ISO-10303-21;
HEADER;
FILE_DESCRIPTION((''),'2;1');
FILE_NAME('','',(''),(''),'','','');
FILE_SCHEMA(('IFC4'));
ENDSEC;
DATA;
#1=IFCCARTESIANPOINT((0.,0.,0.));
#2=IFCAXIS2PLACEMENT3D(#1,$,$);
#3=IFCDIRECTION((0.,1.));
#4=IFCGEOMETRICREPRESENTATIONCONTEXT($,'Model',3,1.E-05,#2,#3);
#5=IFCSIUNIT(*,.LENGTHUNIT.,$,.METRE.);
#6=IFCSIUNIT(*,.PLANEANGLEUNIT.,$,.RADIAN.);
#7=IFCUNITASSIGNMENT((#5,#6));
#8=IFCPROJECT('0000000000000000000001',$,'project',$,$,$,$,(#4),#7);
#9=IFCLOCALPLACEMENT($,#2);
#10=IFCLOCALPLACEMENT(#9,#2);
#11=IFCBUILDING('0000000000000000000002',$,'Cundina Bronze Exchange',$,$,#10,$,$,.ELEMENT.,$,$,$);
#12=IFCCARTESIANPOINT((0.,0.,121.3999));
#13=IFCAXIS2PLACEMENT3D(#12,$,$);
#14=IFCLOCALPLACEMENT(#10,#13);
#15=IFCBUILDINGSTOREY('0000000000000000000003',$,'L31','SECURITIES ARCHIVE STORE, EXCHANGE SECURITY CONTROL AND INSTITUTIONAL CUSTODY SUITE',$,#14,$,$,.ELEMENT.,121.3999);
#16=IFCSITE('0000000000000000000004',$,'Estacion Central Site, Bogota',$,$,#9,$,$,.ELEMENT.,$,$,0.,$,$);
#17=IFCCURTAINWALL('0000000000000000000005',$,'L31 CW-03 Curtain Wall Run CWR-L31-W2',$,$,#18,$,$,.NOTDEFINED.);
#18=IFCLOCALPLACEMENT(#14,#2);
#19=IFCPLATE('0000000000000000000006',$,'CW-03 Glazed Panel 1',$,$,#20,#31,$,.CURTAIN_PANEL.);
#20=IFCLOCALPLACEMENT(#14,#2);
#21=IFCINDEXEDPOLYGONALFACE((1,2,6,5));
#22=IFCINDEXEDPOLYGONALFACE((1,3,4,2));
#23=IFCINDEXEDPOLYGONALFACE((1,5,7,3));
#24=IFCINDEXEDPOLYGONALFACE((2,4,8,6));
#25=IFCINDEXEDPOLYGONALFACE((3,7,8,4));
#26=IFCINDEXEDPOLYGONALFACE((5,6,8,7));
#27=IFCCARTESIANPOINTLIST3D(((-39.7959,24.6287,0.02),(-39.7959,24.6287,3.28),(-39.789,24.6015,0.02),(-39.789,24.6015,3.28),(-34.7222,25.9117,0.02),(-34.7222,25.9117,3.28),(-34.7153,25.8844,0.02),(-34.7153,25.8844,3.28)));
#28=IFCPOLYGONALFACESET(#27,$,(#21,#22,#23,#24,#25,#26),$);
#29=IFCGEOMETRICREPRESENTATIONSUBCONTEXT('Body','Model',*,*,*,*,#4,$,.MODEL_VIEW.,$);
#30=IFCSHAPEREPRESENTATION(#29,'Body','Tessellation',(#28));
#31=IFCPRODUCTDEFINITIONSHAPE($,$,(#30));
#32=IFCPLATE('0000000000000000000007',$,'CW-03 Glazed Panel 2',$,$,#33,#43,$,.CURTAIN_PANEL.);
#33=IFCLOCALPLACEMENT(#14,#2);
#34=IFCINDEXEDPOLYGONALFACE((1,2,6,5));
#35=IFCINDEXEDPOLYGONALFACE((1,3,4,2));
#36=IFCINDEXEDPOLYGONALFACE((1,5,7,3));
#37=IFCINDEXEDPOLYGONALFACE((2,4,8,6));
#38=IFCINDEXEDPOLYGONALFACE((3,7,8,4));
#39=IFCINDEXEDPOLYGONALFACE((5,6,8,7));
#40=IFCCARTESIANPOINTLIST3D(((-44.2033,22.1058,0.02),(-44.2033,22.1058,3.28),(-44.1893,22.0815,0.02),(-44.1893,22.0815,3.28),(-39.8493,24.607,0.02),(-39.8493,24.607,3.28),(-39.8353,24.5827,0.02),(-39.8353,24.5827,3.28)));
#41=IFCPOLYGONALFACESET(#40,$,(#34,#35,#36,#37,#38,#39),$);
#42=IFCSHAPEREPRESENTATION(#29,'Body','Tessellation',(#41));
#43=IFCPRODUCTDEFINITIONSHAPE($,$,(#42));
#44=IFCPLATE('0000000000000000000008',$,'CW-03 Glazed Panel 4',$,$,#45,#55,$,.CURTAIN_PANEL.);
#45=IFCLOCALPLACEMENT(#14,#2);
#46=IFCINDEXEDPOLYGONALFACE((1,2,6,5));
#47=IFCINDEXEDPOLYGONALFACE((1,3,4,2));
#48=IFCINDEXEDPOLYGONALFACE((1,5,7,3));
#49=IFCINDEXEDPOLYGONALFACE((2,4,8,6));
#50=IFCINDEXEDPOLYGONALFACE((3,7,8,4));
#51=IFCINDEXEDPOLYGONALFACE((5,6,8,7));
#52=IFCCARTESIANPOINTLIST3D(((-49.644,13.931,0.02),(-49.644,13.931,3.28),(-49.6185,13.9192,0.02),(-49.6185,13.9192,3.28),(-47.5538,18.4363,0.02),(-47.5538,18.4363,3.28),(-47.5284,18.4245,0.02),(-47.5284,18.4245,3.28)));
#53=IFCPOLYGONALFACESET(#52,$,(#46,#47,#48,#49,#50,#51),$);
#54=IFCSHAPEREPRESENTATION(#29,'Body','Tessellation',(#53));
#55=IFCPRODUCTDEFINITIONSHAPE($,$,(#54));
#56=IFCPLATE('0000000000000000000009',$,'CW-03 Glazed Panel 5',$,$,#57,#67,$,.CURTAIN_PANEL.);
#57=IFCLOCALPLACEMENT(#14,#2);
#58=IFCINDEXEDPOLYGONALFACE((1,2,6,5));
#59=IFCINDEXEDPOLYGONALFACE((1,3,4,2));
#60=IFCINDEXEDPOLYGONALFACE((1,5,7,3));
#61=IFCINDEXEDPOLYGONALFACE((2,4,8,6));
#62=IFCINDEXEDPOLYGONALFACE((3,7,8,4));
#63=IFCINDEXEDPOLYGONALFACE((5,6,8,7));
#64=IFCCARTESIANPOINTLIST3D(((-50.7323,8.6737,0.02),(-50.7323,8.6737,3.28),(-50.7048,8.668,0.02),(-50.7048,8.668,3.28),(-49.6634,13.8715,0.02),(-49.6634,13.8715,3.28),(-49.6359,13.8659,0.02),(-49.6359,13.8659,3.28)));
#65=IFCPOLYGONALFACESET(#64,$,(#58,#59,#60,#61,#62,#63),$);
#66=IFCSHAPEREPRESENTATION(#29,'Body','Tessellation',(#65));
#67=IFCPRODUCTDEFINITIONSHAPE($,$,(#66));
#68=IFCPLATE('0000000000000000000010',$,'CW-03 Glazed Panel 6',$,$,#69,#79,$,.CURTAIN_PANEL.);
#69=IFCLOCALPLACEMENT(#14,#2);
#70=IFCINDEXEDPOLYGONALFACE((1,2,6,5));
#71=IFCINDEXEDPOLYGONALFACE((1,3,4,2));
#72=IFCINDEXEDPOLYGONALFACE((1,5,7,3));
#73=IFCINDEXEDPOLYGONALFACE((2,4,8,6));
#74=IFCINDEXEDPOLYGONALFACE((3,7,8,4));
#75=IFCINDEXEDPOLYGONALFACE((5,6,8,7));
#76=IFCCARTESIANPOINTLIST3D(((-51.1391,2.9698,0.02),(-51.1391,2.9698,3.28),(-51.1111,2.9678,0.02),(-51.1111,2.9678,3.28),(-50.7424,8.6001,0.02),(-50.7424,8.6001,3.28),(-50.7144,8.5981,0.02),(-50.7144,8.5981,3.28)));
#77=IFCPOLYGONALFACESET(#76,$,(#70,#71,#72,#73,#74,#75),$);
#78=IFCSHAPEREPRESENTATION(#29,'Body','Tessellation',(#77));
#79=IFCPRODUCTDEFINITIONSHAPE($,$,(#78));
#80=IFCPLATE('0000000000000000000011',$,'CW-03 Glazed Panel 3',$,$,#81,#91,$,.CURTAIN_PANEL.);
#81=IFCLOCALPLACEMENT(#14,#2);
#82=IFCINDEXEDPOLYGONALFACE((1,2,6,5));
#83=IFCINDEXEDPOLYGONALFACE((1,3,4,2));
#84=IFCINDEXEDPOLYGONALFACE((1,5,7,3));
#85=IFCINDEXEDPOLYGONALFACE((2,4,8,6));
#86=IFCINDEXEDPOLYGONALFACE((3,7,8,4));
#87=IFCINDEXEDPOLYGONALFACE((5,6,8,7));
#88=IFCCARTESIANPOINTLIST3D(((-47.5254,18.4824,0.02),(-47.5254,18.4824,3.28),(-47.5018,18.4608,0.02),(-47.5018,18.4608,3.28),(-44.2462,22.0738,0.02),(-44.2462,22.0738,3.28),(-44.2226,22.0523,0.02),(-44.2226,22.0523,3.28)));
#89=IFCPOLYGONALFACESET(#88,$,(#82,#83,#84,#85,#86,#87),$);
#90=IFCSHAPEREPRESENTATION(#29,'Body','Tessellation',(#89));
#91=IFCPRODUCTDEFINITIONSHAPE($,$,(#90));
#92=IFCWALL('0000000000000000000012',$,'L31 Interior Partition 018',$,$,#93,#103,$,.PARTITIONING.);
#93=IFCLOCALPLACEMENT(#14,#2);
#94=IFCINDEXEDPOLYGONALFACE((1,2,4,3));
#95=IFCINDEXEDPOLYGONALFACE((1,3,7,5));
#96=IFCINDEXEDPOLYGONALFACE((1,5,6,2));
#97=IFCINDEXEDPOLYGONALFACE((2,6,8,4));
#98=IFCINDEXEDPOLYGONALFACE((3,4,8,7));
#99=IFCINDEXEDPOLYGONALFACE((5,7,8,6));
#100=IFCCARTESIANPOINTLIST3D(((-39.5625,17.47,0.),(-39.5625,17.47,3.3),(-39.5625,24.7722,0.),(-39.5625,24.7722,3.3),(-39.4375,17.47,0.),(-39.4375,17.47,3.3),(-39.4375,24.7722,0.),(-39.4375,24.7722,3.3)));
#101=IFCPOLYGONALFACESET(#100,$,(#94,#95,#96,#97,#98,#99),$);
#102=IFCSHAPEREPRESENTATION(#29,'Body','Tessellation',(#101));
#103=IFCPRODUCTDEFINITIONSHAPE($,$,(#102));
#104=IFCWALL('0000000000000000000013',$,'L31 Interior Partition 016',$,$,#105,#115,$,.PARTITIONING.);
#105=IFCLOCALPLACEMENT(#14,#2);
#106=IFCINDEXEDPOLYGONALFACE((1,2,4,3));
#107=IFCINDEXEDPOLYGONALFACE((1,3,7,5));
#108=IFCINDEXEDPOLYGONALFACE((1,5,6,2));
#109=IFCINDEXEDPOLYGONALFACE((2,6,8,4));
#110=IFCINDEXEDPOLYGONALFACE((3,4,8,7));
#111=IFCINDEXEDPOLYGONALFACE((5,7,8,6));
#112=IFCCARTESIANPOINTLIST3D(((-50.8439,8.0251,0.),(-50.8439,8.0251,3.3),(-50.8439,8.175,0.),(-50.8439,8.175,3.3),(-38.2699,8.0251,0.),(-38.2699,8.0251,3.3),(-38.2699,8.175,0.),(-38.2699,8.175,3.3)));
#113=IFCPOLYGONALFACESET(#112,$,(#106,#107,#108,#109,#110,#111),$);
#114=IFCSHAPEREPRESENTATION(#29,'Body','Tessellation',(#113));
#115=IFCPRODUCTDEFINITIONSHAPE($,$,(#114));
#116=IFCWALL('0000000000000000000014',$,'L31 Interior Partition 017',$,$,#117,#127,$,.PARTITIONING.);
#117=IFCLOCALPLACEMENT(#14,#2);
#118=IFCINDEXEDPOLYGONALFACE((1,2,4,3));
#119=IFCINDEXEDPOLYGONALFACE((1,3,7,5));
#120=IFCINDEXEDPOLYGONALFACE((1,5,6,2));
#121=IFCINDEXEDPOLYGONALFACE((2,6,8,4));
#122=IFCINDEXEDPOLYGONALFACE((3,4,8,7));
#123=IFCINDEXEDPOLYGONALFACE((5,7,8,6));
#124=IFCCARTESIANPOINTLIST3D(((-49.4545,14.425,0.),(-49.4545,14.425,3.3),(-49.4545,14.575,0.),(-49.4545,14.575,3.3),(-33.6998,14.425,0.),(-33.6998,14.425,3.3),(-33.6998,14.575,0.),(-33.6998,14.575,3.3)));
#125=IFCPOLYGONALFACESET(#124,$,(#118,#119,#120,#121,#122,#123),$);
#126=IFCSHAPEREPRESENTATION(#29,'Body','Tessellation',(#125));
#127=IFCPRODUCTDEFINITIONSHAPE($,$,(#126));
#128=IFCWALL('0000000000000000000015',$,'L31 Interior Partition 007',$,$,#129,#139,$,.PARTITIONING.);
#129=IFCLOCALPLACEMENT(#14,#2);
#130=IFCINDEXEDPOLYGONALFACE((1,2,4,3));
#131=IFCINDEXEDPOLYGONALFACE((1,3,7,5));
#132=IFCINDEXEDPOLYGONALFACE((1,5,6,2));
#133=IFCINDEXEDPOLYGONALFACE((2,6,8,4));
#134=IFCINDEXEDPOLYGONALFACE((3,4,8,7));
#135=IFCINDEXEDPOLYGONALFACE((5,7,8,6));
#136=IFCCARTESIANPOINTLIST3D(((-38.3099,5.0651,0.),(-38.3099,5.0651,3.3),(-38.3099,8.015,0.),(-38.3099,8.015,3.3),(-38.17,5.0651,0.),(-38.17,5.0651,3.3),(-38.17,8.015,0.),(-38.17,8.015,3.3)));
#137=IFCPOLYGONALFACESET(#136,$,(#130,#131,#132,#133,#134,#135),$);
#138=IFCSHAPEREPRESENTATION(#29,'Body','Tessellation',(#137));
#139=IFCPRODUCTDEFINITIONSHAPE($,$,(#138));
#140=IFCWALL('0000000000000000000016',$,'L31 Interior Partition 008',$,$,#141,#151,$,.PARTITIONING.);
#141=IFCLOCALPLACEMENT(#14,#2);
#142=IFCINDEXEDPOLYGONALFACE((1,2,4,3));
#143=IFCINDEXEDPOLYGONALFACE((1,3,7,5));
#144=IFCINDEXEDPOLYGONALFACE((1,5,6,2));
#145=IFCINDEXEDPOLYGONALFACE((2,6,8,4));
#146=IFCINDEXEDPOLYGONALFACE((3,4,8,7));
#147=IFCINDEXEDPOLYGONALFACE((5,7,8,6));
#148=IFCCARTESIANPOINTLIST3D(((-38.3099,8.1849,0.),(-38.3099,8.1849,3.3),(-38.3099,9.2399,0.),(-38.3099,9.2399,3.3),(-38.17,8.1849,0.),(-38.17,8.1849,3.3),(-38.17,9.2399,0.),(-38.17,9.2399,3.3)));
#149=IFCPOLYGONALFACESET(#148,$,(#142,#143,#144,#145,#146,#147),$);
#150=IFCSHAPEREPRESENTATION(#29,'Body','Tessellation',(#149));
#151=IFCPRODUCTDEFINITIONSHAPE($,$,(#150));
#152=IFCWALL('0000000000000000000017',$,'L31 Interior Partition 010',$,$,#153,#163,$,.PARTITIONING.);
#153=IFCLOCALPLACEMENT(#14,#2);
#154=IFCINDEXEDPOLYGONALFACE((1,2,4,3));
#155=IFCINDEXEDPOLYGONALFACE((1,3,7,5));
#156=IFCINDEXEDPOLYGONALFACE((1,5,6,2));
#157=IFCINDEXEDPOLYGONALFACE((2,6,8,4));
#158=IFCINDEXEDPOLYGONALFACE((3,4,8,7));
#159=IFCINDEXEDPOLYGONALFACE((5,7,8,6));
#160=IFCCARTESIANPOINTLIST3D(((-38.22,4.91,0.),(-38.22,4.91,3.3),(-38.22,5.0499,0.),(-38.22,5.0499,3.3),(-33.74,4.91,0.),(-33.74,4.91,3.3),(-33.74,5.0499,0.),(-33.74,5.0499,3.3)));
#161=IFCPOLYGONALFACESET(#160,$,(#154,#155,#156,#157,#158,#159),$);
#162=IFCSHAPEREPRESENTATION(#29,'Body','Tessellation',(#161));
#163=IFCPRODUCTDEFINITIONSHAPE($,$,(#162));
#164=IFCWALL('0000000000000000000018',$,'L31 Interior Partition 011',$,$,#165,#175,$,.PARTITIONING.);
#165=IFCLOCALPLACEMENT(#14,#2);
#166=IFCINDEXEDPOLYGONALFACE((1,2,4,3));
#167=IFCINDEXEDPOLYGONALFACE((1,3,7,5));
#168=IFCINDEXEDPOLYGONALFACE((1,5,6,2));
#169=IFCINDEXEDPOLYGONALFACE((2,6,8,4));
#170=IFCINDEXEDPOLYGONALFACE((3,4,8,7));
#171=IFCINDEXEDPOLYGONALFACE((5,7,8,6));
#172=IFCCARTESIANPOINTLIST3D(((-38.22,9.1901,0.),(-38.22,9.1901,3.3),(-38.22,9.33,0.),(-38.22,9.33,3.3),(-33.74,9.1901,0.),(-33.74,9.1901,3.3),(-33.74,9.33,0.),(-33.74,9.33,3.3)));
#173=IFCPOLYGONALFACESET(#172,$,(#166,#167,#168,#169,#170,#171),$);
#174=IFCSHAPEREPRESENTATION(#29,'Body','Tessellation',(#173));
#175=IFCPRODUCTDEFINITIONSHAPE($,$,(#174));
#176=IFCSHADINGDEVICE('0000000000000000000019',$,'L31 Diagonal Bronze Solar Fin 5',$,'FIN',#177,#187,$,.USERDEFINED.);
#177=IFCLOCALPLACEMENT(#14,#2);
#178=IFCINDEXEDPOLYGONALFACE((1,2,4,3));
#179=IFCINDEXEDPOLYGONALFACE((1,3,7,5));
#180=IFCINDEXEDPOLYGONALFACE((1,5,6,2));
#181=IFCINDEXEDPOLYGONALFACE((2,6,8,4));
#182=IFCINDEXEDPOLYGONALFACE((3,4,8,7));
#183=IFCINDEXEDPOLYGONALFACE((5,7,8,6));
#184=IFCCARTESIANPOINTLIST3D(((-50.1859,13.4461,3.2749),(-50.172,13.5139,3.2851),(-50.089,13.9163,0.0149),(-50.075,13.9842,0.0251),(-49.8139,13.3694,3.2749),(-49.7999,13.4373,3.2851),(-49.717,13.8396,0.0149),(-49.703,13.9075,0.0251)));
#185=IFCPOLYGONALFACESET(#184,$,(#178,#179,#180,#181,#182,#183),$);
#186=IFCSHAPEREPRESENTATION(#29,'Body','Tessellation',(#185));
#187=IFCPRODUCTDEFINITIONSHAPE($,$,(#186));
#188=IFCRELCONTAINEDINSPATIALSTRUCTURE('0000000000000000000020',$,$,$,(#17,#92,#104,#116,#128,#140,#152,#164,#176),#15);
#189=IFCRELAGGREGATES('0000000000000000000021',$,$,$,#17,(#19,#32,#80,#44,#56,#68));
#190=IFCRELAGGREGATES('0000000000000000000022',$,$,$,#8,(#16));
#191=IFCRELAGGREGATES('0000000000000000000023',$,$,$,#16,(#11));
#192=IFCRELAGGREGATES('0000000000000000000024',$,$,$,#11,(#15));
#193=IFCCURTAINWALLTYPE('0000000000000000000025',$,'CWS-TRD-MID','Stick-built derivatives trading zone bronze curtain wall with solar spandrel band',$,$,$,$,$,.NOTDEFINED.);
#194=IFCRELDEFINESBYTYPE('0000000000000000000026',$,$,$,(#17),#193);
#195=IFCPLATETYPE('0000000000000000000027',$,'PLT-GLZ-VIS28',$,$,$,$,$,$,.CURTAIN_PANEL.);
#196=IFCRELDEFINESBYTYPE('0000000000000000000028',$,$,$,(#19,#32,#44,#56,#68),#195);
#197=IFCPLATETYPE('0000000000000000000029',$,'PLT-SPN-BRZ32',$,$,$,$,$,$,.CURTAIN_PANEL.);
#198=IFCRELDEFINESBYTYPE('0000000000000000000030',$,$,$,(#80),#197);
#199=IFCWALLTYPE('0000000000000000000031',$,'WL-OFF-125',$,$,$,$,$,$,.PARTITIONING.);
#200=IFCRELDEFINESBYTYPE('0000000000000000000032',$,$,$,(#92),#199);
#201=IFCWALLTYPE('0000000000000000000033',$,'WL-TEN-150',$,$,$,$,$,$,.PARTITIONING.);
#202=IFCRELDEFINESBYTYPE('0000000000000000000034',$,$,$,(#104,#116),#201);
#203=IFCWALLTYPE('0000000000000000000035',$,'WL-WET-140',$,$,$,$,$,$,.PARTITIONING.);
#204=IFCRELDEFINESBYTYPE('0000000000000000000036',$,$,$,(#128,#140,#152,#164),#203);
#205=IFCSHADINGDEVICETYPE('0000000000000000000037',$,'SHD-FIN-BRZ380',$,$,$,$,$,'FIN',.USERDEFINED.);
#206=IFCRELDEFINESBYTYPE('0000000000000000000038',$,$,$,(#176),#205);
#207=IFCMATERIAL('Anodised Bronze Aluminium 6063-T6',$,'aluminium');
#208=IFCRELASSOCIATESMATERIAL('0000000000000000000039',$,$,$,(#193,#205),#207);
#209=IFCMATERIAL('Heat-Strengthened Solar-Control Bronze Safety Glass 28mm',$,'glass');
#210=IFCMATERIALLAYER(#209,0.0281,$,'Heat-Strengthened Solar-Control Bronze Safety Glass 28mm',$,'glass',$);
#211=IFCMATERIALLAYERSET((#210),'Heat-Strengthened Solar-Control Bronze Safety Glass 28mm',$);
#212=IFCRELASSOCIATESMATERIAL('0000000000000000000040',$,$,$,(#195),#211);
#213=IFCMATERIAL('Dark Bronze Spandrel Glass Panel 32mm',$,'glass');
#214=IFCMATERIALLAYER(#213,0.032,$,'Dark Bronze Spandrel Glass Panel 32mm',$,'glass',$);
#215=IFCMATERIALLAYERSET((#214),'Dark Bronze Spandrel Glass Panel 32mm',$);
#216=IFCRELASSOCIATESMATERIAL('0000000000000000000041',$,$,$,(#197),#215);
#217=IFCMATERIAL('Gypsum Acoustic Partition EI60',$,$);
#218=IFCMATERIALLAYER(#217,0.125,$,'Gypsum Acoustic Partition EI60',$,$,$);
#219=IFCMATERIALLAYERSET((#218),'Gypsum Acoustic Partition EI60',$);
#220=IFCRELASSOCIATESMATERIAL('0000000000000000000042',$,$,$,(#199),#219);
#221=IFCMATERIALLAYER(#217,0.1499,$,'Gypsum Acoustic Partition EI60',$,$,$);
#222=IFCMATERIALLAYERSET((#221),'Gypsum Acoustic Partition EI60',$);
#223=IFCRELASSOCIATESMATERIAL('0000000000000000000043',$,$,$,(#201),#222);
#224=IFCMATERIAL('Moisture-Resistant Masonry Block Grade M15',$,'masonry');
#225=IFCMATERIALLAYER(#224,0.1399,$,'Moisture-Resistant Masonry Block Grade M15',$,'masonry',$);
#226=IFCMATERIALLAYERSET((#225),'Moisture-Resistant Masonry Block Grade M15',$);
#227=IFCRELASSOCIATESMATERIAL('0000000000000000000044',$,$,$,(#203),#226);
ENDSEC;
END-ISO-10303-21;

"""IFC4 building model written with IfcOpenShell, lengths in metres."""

from ifc_helpers import new_model, si_unit, direction, frame, frame_2d, origin, origin_2d, place, context, subcontext, project, spatial, rectangle, extrude, material, layer, layer_set, material_profile, profile_set, type_object, element, aggregate, save


model = new_model("IFC4")

# Units and contexts
model_context = context("Model", 3, precision=1e-05, world=origin(), true_north=direction((0.0, 1.0)))
body_context = subcontext(model_context, "Body", "Model", "MODEL_VIEW")
ifc_project = project(units=[si_unit("LENGTHUNIT", "METRE"), si_unit("PLANEANGLEUNIT", "RADIAN")], contexts=[model_context])

# Site, building, storey
site_placement = place(None, origin())
site = spatial("IfcSite", under=ifc_project, at=site_placement, Name="Estacion Central Site, Bogota", CompositionType="ELEMENT", RefElevation=0.0)
building_placement = place(site_placement, origin())
building = spatial("IfcBuilding", under=site, at=building_placement, Name="Cundina Bronze Exchange", CompositionType="ELEMENT")
storey_placement = place(building_placement, frame((0.0, 0.0, 121.3999)))
storey = spatial("IfcBuildingStorey", under=building, at=storey_placement, Name="L31", Description="SECURITIES ARCHIVE STORE, EXCHANGE SECURITY CONTROL AND INSTITUTIONAL CUSTODY SUITE", CompositionType="ELEMENT", Elevation=121.3999)

# Curtain wall, plates
ifc_material_1 = material(Name="Anodised Bronze Aluminium 6063-T6", Category="aluminium")
curtain_wall_type = type_object("IfcCurtainWallType", Name="CWS-TRD-MID", Description="Stick-built derivatives trading zone bronze curtain wall with solar spandrel band", PredefinedType="NOTDEFINED", material=ifc_material_1)
curtain_wall_placement = place(storey_placement, origin())
curtain_wall = element("IfcCurtainWall", 1, at=curtain_wall_placement, inside=storey, type_object=curtain_wall_type, Name="L31 CW-03 Curtain Wall Run CWR-L31-W2", PredefinedType="NOTDEFINED")
ifc_material_2 = material(Name="Heat-Strengthened Solar-Control Bronze Safety Glass 28mm", Category="glass")
ifc_layer_1 = layer(ifc_material_2, 0.0281, Name="Heat-Strengthened Solar-Control Bronze Safety Glass 28mm", Category="glass")
ifc_layer_set_1 = layer_set([ifc_layer_1], Name="Heat-Strengthened Solar-Control Bronze Safety Glass 28mm")
plate_type_1 = type_object("IfcPlateType", Name="PLT-GLZ-VIS28", PredefinedType="CURTAIN_PANEL", material=ifc_layer_set_1)
plate_1_placement = place(storey_placement, frame((-37.2556, 25.2566, 0.02), z_axis=(0.0, 0.0, 1.0), x_axis=(-0.969488, -0.245138, 0.0)))
plate_1 = element("IfcPlate", 2, at=plate_1_placement, type_object=plate_type_1, Name="CW-03 Glazed Panel 1", PredefinedType="CURTAIN_PANEL", context=body_context, shape_type="SweptSolid", body=[
    extrude(rectangle(XDim=5.2334, YDim=0.0281, at=origin_2d()), origin(), (0.0, 0.0, 1.0), 3.26),
])
plate_2_placement = place(storey_placement, frame((-42.0193, 23.3442, 0.02), z_axis=(0.0, 0.0, 1.0), x_axis=(-0.867105, -0.498125, 0.0)))
plate_2 = element("IfcPlate", 3, at=plate_2_placement, type_object=plate_type_1, Name="CW-03 Glazed Panel 2", PredefinedType="CURTAIN_PANEL", context=body_context, shape_type="SweptSolid", body=[
    extrude(rectangle(XDim=5.0212, YDim=0.0281, at=origin_2d()), origin(), (0.0, 0.0, 1.0), 3.26),
])
plate_3_placement = place(storey_placement, frame((-48.5862, 16.1777, 0.02), z_axis=(0.0, 0.0, 1.0), x_axis=(-0.420846, -0.907132, 0.0)))
plate_3 = element("IfcPlate", 4, at=plate_3_placement, type_object=plate_type_1, Name="CW-03 Glazed Panel 4", PredefinedType="CURTAIN_PANEL", context=body_context, shape_type="SweptSolid", body=[
    extrude(rectangle(XDim=4.9666, YDim=0.0281, at=origin_2d()), origin(), (0.0, 0.0, 1.0), 3.26),
])
plate_4_placement = place(storey_placement, frame((-50.1841, 11.2698, 0.02), z_axis=(0.0, 0.0, 1.0), x_axis=(-0.20142, -0.979505, 0.0)))
plate_4 = element("IfcPlate", 5, at=plate_4_placement, type_object=plate_type_1, Name="CW-03 Glazed Panel 5", PredefinedType="CURTAIN_PANEL", context=body_context, shape_type="SweptSolid", body=[
    extrude(rectangle(XDim=5.3066, YDim=0.0281, at=origin_2d()), origin(), (0.0, 0.0, 1.0), 3.26),
])
plate_5_placement = place(storey_placement, frame((-50.9268, 5.7839, 0.02), z_axis=(0.0, 0.0, 1.0), x_axis=(-0.070279, -0.997527, 0.0)))
plate_5 = element("IfcPlate", 6, at=plate_5_placement, type_object=plate_type_1, Name="CW-03 Glazed Panel 6", PredefinedType="CURTAIN_PANEL", context=body_context, shape_type="SweptSolid", body=[
    extrude(rectangle(XDim=5.6443, YDim=0.0281, at=origin_2d()), origin(), (0.0, 0.0, 1.0), 3.26),
])
ifc_material_3 = material(Name="Dark Bronze Spandrel Glass Panel 32mm", Category="glass")
ifc_layer_2 = layer(ifc_material_3, 0.032, Name="Dark Bronze Spandrel Glass Panel 32mm", Category="glass")
ifc_layer_set_2 = layer_set([ifc_layer_2], Name="Dark Bronze Spandrel Glass Panel 32mm")
plate_type_2 = type_object("IfcPlateType", Name="PLT-SPN-BRZ32", PredefinedType="CURTAIN_PANEL", material=ifc_layer_set_2)
plate_6_placement = place(storey_placement, frame((-45.874, 20.2673, 0.02), z_axis=(0.0, 0.0, 1.0), x_axis=(-0.674277, -0.738479, 0.0)))
plate_6 = element("IfcPlate", 7, at=plate_6_placement, type_object=plate_type_2, Name="CW-03 Glazed Panel 3", PredefinedType="CURTAIN_PANEL", context=body_context, shape_type="SweptSolid", body=[
    extrude(rectangle(XDim=4.8633, YDim=0.032, at=origin_2d()), origin(), (0.0, 0.0, 1.0), 3.26),
])
aggregate(curtain_wall, [plate_1, plate_2, plate_6, plate_3, plate_4, plate_5])

# Walls
ifc_material_4 = material(Name="Gypsum Acoustic Partition EI60")
ifc_layer_3 = layer(ifc_material_4, 0.125, Name="Gypsum Acoustic Partition EI60")
ifc_layer_set_3 = layer_set([ifc_layer_3], Name="Gypsum Acoustic Partition EI60")
wall_type_1 = type_object("IfcWallType", Name="WL-OFF-125", PredefinedType="PARTITIONING", material=ifc_layer_set_3)
wall_1_placement = place(storey_placement, frame((-39.5, 17.47, 0.0), z_axis=(0.0, 0.0, 1.0), x_axis=(0.0, 1.0, 0.0)))
element("IfcWall", 8, at=wall_1_placement, inside=storey, type_object=wall_type_1, Name="L31 Interior Partition 018", PredefinedType="PARTITIONING", context=body_context, shape_type="SweptSolid", body=[
    extrude(rectangle(XDim=7.3022, YDim=0.125, at=frame_2d((3.6511, 0.0))), origin(), (0.0, 0.0, 1.0), 3.3),
])
ifc_layer_4 = layer(ifc_material_4, 0.1499, Name="Gypsum Acoustic Partition EI60")
ifc_layer_set_4 = layer_set([ifc_layer_4], Name="Gypsum Acoustic Partition EI60")
wall_type_2 = type_object("IfcWallType", Name="WL-TEN-150", PredefinedType="PARTITIONING", material=ifc_layer_set_4)
wall_2_placement = place(storey_placement, frame((-50.844, 8.1001, 0.0), z_axis=(0.0, 0.0, 1.0), x_axis=(1.0, 0.0, 0.0)))
element("IfcWall", 9, at=wall_2_placement, inside=storey, type_object=wall_type_2, Name="L31 Interior Partition 016", PredefinedType="PARTITIONING", context=body_context, shape_type="SweptSolid", body=[
    extrude(rectangle(XDim=12.574, YDim=0.1499, at=frame_2d((6.2871, 0.0))), origin(), (0.0, 0.0, 1.0), 3.3),
])
wall_3_placement = place(storey_placement, frame((-49.4546, 14.5, 0.0), z_axis=(0.0, 0.0, 1.0), x_axis=(1.0, 0.0, 0.0)))
element("IfcWall", 10, at=wall_3_placement, inside=storey, type_object=wall_type_2, Name="L31 Interior Partition 017", PredefinedType="PARTITIONING", context=body_context, shape_type="SweptSolid", body=[
    extrude(rectangle(XDim=15.7546, YDim=0.1499, at=frame_2d((7.8774, 0.0))), origin(), (0.0, 0.0, 1.0), 3.3),
])
ifc_material_5 = material(Name="Moisture-Resistant Masonry Block Grade M15", Category="masonry")
ifc_layer_5 = layer(ifc_material_5, 0.1399, Name="Moisture-Resistant Masonry Block Grade M15", Category="masonry")
ifc_layer_set_5 = layer_set([ifc_layer_5], Name="Moisture-Resistant Masonry Block Grade M15")
wall_type_3 = type_object("IfcWallType", Name="WL-WET-140", PredefinedType="PARTITIONING", material=ifc_layer_set_5)
wall_4_placement = place(storey_placement, frame((-38.24, 5.0649, 0.0), z_axis=(0.0, 0.0, 1.0), x_axis=(0.0, 1.0, 0.0)))
element("IfcWall", 11, at=wall_4_placement, inside=storey, type_object=wall_type_3, Name="L31 Interior Partition 007", PredefinedType="PARTITIONING", context=body_context, shape_type="SweptSolid", body=[
    extrude(rectangle(XDim=2.95, YDim=0.1399, at=frame_2d((1.4751, 0.0))), origin(), (0.0, 0.0, 1.0), 3.3),
])
wall_5_placement = place(storey_placement, frame((-38.24, 8.1851, 0.0), z_axis=(0.0, 0.0, 1.0), x_axis=(0.0, 1.0, 0.0)))
element("IfcWall", 12, at=wall_5_placement, inside=storey, type_object=wall_type_3, Name="L31 Interior Partition 008", PredefinedType="PARTITIONING", context=body_context, shape_type="SweptSolid", body=[
    extrude(rectangle(XDim=1.0549, YDim=0.1399, at=frame_2d((0.5273, 0.0))), origin(), (0.0, 0.0, 1.0), 3.3),
])
for number, where, z_axis, x_axis, name in (
    (13, (-38.22, 4.98, 0.0), (0.0, 0.0, 1.0), (1.0, 0.0, 0.0), "L31 Interior Partition 010"),
    (14, (-38.22, 9.26, 0.0), (0.0, 0.0, 1.0), (1.0, 0.0, 0.0), "L31 Interior Partition 011"),
):
    element("IfcWall", number, at=place(storey_placement, frame(where, z_axis=z_axis, x_axis=x_axis)), inside=storey, type_object=wall_type_3, Name=name, PredefinedType="PARTITIONING", context=body_context, shape_type="SweptSolid", body=[
        extrude(rectangle(XDim=4.48, YDim=0.1399, at=frame_2d((2.24, 0.0))), origin(), (0.0, 0.0, 1.0), 3.3),
    ])

# Shading device
ifc_material_profile_1 = material_profile(ifc_material_1, rectangle(XDim=0.0701, YDim=0.3799, at=origin_2d()), Name="FIN70X380", Category="aluminium")
ifc_profile_set_1 = profile_set([ifc_material_profile_1], Name="Anodised Bronze Aluminium 6063-T6")
shading_device_type = type_object("IfcShadingDeviceType", Name="SHD-FIN-BRZ380", ElementType="FIN", PredefinedType="USERDEFINED", material=ifc_profile_set_1)
shading_device_placement = place(storey_placement, frame((-49.896, 13.9119, 0.02), z_axis=(-0.029414, -0.142698, 0.989329), x_axis=(0.199728, 0.968959, 0.145698)))
element("IfcShadingDevice", 15, at=shading_device_placement, inside=storey, type_object=shading_device_type, Name="L31 Diagonal Bronze Solar Fin 5", ObjectType="FIN", PredefinedType="USERDEFINED", context=body_context, shape_type="SweptSolid", body=[
    extrude(rectangle(XDim=0.0701, YDim=0.3799, at=origin_2d()), origin(), (0.0, 0.0, 1.0), 3.2952),
])

save(model, "model.ifc")
